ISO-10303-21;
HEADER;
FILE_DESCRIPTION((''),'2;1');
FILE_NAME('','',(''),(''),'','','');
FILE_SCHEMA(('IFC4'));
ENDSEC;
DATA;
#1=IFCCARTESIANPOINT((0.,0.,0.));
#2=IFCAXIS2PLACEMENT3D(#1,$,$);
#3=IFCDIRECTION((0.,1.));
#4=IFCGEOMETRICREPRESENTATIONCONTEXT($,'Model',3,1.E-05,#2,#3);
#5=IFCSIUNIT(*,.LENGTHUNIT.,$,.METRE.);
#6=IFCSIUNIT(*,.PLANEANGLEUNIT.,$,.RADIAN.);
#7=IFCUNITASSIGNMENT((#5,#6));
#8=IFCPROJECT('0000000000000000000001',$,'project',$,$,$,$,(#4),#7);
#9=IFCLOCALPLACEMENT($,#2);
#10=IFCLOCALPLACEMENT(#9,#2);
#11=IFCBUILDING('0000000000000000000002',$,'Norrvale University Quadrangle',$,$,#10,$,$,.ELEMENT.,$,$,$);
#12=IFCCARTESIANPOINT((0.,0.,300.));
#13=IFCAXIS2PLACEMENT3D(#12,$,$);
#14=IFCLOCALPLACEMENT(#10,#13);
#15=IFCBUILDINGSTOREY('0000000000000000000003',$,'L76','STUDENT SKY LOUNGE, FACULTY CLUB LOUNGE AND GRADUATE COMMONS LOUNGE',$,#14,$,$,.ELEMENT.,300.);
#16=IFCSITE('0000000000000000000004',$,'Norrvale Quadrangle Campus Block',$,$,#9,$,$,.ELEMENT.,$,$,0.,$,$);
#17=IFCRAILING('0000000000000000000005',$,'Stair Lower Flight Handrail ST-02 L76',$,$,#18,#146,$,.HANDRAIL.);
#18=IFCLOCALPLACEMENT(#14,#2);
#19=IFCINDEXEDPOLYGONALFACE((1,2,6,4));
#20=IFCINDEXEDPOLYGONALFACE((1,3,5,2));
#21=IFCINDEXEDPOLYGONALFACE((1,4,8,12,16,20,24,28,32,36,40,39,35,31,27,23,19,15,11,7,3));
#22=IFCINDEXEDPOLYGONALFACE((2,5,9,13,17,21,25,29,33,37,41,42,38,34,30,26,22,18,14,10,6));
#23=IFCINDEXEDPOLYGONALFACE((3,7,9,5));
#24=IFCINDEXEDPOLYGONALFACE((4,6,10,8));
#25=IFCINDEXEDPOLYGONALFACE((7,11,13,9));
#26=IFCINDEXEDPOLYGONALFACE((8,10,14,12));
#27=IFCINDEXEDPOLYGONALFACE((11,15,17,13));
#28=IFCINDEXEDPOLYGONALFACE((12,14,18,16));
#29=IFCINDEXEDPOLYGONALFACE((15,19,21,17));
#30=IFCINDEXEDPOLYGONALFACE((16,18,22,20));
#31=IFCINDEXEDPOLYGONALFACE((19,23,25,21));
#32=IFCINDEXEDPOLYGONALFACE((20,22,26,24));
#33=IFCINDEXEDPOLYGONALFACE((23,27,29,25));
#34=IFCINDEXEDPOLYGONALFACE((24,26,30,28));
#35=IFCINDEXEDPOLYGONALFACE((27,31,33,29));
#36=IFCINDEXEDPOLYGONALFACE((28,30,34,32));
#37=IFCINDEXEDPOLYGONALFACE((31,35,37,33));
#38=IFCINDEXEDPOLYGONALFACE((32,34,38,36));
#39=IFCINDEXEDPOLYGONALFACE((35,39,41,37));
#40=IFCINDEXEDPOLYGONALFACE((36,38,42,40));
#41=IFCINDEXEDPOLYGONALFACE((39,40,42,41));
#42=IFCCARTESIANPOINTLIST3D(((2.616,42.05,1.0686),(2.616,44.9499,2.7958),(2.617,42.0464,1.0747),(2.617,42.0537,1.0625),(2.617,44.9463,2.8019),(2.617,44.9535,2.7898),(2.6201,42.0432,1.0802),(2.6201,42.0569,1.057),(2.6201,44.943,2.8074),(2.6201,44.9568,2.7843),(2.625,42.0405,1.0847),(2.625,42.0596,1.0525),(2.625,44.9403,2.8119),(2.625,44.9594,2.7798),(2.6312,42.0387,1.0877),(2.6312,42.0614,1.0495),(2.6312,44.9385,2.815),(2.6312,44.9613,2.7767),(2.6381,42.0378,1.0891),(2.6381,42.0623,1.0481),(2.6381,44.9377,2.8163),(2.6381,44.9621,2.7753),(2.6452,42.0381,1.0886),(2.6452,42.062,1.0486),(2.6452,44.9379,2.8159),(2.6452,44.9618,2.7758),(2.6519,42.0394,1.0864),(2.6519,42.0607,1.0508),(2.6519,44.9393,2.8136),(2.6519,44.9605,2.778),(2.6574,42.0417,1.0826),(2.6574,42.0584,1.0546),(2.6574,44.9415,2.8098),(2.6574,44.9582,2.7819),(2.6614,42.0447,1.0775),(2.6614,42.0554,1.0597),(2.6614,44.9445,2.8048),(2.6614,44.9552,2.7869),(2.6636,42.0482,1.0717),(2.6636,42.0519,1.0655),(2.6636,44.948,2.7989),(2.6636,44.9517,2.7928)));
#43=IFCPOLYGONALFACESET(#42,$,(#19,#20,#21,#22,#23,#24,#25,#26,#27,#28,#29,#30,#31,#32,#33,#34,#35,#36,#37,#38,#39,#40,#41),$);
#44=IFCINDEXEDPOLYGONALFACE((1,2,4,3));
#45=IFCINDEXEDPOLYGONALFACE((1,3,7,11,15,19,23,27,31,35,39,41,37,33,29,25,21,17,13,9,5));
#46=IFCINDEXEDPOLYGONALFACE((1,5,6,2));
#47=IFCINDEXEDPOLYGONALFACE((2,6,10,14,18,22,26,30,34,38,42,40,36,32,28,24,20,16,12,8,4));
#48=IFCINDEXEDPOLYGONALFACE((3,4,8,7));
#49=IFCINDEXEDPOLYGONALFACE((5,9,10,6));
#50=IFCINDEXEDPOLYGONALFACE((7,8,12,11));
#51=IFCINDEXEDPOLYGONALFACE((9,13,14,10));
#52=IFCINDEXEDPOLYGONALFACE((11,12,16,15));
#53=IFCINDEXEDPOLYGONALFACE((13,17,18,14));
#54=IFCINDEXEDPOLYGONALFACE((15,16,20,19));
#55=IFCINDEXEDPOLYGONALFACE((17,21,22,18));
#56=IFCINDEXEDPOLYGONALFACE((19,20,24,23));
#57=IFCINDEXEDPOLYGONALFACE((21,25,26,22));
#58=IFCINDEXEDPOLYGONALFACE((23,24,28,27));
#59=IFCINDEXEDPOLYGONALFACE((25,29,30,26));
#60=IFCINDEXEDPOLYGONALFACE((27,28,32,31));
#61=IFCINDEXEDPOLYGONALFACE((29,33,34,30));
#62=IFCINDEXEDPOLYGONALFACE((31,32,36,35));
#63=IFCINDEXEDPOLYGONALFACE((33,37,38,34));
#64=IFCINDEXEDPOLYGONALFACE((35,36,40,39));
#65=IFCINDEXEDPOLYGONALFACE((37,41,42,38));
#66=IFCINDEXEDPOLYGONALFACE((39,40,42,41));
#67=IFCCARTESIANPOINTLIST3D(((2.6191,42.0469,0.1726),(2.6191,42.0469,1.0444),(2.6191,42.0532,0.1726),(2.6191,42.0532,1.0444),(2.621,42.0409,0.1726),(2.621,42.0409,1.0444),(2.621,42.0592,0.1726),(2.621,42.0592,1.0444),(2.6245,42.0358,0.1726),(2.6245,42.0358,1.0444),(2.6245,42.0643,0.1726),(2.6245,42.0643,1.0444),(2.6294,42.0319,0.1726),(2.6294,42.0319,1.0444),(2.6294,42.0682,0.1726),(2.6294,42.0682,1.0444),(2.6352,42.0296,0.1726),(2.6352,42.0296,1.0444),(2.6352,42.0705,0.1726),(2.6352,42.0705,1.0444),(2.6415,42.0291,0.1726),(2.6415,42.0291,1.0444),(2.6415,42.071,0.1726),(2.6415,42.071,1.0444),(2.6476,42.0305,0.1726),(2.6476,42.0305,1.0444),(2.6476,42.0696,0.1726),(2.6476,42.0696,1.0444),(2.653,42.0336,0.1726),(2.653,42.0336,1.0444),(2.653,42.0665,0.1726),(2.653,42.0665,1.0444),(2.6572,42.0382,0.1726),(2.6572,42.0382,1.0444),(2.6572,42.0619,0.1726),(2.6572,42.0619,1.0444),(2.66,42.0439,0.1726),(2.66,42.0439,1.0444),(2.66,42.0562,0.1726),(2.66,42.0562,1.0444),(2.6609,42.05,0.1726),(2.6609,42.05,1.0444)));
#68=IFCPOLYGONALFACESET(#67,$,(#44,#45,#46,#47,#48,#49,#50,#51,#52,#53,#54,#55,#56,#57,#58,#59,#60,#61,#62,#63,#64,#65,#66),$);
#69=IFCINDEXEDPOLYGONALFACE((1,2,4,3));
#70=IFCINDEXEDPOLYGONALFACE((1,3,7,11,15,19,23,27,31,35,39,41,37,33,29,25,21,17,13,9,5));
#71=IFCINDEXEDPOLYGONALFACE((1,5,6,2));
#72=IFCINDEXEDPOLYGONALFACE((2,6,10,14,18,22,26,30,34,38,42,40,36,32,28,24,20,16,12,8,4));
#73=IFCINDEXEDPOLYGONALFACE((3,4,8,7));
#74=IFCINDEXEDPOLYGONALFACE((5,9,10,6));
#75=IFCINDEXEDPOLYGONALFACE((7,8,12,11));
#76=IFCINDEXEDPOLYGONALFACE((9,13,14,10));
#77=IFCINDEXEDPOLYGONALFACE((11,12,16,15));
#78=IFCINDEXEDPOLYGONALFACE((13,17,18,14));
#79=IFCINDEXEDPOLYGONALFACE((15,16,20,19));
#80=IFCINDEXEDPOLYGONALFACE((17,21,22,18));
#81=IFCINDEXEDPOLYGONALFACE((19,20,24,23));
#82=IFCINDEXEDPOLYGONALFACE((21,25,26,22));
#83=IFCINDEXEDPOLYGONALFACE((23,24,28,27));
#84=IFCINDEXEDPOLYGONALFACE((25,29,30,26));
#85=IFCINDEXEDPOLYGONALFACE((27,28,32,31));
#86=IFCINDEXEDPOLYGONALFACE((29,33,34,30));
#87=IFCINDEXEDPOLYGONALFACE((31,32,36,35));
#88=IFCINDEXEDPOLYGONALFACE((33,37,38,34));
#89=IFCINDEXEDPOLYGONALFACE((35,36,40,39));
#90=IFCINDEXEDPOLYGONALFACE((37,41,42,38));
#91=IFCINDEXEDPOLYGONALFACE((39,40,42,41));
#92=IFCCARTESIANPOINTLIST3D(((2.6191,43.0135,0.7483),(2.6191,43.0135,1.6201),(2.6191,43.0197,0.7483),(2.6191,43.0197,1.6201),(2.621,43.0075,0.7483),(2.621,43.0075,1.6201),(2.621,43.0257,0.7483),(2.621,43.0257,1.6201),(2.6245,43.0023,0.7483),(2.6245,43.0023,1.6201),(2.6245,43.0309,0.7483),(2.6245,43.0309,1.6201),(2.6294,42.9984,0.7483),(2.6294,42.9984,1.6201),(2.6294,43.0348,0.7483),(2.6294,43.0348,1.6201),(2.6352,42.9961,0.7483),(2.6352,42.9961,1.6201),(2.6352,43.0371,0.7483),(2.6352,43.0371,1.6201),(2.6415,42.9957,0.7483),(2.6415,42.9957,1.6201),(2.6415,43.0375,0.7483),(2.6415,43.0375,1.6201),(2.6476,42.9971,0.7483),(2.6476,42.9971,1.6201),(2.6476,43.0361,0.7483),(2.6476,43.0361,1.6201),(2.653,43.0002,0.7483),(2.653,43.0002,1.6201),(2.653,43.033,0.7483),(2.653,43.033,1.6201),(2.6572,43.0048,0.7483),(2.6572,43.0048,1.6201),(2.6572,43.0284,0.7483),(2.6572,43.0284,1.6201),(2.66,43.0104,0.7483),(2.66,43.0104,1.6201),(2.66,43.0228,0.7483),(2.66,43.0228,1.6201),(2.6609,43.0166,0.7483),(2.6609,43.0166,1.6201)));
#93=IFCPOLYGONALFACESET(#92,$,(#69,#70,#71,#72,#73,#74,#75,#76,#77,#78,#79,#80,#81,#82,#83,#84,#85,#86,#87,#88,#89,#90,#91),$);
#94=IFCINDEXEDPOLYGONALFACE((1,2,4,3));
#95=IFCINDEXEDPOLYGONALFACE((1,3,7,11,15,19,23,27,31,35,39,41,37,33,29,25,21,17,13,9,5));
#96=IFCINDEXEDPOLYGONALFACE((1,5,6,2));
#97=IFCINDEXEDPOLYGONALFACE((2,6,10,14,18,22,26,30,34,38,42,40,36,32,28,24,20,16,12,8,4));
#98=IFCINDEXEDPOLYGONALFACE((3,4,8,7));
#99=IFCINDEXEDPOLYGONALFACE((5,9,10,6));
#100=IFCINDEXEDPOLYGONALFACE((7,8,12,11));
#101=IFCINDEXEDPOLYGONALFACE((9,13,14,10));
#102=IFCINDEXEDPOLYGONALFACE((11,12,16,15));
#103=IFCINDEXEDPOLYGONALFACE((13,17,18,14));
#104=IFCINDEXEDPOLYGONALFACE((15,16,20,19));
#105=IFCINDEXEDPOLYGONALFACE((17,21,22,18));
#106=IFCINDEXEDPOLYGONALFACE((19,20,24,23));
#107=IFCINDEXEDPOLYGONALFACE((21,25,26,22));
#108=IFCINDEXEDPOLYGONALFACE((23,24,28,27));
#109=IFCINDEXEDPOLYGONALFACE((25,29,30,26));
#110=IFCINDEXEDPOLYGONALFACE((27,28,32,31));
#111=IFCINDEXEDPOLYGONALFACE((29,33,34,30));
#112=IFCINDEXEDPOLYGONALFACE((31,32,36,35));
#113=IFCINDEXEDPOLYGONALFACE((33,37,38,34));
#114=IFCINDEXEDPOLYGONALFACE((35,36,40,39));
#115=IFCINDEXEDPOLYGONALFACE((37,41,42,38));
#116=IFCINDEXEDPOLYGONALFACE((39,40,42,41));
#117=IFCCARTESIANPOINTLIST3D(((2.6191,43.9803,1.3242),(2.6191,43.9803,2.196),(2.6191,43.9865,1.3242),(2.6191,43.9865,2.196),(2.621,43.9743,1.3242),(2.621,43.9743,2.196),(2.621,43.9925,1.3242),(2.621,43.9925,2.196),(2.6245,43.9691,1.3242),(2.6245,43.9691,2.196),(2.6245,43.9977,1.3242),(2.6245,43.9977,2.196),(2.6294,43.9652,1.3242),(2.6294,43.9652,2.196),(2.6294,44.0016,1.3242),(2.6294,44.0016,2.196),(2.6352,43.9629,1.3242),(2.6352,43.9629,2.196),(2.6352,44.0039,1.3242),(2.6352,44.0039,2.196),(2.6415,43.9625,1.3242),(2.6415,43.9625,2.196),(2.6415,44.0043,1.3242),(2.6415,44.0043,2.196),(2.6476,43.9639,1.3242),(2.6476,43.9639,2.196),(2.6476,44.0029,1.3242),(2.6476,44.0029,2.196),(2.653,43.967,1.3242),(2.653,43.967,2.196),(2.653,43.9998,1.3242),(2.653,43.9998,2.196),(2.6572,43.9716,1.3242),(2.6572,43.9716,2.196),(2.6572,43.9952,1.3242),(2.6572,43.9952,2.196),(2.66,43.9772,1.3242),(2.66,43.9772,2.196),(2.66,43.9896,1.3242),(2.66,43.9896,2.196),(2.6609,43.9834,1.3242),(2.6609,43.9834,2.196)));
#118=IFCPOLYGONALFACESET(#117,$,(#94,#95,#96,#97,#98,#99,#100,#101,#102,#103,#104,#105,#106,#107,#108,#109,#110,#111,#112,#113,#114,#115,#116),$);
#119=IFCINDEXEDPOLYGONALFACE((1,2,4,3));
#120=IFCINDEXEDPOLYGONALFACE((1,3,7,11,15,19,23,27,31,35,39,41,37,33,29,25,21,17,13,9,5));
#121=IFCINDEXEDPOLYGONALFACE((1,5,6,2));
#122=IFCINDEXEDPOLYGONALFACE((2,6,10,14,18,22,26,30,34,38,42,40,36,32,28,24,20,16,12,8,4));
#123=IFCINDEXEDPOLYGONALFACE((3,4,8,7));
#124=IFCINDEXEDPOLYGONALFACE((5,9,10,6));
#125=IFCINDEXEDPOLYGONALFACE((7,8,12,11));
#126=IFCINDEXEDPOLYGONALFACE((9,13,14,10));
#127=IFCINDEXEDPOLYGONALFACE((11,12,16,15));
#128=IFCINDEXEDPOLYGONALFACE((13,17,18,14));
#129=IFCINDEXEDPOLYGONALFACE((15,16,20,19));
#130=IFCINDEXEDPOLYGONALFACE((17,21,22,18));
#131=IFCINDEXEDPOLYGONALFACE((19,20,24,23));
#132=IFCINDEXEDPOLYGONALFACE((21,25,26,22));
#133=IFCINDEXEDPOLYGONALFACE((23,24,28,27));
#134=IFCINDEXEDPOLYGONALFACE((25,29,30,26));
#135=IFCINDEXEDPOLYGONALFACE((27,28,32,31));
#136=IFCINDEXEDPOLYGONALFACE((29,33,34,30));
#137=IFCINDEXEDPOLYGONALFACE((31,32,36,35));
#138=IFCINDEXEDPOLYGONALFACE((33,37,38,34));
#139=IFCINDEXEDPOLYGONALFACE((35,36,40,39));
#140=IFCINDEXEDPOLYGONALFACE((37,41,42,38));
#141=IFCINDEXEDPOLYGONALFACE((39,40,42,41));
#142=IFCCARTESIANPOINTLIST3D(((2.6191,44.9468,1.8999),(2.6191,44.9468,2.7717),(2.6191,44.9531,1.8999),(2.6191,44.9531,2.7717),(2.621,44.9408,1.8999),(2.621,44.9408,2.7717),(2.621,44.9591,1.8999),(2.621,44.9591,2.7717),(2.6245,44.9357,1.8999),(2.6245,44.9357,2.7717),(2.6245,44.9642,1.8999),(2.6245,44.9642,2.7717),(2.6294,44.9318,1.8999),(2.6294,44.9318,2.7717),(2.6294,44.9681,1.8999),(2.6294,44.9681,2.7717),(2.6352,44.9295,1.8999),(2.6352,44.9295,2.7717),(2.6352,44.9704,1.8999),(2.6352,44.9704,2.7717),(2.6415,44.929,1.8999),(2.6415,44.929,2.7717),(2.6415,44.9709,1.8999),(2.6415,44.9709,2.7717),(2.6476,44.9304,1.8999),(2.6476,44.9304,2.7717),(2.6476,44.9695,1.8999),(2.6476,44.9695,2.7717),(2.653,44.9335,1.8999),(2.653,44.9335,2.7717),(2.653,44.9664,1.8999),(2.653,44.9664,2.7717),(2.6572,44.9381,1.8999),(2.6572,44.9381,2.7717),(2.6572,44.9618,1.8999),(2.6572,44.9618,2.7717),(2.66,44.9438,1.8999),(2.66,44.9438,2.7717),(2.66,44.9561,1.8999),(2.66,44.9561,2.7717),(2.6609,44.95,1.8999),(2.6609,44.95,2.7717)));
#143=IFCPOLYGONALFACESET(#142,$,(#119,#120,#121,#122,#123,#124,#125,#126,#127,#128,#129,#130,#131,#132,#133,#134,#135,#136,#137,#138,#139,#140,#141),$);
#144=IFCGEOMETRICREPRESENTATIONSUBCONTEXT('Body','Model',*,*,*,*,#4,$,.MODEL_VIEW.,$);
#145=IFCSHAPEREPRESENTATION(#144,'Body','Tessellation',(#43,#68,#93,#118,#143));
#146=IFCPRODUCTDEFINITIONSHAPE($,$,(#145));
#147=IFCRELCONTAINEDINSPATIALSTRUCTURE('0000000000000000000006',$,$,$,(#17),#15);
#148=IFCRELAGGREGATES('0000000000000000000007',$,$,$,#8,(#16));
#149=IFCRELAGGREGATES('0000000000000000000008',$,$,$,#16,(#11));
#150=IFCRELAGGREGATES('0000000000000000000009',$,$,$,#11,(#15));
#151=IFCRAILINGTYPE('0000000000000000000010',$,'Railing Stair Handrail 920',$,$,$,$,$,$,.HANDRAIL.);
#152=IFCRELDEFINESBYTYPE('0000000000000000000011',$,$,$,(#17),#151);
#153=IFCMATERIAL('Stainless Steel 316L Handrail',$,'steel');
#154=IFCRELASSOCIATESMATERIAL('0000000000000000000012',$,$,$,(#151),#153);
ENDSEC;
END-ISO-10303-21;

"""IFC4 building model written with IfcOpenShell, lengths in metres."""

from ifc_helpers import new_model, si_unit, direction, frame, origin, origin_2d, place, context, subcontext, project, spatial, circle, extrude, material, type_object, element, save


model = new_model("IFC4")

# Units and contexts
model_context = context("Model", 3, precision=1e-05, world=origin(), true_north=direction((0.0, 1.0)))
body_context = subcontext(model_context, "Body", "Model", "MODEL_VIEW")
ifc_project = project(units=[si_unit("LENGTHUNIT", "METRE"), si_unit("PLANEANGLEUNIT", "RADIAN")], contexts=[model_context])

# Site, building, storey
site_placement = place(None, origin())
site = spatial("IfcSite", under=ifc_project, at=site_placement, Name="Norrvale Quadrangle Campus Block", CompositionType="ELEMENT", RefElevation=0.0)
building_placement = place(site_placement, origin())
building = spatial("IfcBuilding", under=site, at=building_placement, Name="Norrvale University Quadrangle", CompositionType="ELEMENT")
storey_placement = place(building_placement, frame((0.0, 0.0, 300.0)))
storey = spatial("IfcBuildingStorey", under=building, at=storey_placement, Name="L76", Description="STUDENT SKY LOUNGE, FACULTY CLUB LOUNGE AND GRADUATE COMMONS LOUNGE", CompositionType="ELEMENT", Elevation=300.0)

# Railing
ifc_material_1 = material(Name="Stainless Steel 316L Handrail", Category="steel")
railing_type_1 = type_object("IfcRailingType", Name="Railing Stair Handrail 920", PredefinedType="HANDRAIL", material=ifc_material_1)
railing_1_placement = place(storey_placement, frame((2.6399, 42.05, 0.1726)))
element("IfcRailing", 1, at=railing_1_placement, inside=storey, type_object=railing_type_1, Name="Stair Lower Flight Handrail ST-02 L76", PredefinedType="HANDRAIL", context=body_context, shape_type="SweptSolid", body=[
    extrude(circle(Radius=0.0239, at=origin_2d()), frame((0.0, 0.0, 0.896), z_axis=(0.0, 0.859141, 0.511738), x_axis=(-1.0, 0.0, 0.0)), (0.0, 0.0, 1.0), 3.3752),
    extrude(circle(Radius=0.021, at=origin_2d()), origin(), (0.0, 0.0, 1.0), 0.8718),
    extrude(circle(Radius=0.021, at=origin_2d()), frame((0.0, 0.9666, 0.5757)), (0.0, 0.0, 1.0), 0.8718),
    extrude(circle(Radius=0.021, at=origin_2d()), frame((0.0, 1.9333, 1.1516)), (0.0, 0.0, 1.0), 0.8718),
    extrude(circle(Radius=0.021, at=origin_2d()), frame((0.0, 2.8999, 1.7273)), (0.0, 0.0, 1.0), 0.8718),
])

save(model, "model.ifc")
